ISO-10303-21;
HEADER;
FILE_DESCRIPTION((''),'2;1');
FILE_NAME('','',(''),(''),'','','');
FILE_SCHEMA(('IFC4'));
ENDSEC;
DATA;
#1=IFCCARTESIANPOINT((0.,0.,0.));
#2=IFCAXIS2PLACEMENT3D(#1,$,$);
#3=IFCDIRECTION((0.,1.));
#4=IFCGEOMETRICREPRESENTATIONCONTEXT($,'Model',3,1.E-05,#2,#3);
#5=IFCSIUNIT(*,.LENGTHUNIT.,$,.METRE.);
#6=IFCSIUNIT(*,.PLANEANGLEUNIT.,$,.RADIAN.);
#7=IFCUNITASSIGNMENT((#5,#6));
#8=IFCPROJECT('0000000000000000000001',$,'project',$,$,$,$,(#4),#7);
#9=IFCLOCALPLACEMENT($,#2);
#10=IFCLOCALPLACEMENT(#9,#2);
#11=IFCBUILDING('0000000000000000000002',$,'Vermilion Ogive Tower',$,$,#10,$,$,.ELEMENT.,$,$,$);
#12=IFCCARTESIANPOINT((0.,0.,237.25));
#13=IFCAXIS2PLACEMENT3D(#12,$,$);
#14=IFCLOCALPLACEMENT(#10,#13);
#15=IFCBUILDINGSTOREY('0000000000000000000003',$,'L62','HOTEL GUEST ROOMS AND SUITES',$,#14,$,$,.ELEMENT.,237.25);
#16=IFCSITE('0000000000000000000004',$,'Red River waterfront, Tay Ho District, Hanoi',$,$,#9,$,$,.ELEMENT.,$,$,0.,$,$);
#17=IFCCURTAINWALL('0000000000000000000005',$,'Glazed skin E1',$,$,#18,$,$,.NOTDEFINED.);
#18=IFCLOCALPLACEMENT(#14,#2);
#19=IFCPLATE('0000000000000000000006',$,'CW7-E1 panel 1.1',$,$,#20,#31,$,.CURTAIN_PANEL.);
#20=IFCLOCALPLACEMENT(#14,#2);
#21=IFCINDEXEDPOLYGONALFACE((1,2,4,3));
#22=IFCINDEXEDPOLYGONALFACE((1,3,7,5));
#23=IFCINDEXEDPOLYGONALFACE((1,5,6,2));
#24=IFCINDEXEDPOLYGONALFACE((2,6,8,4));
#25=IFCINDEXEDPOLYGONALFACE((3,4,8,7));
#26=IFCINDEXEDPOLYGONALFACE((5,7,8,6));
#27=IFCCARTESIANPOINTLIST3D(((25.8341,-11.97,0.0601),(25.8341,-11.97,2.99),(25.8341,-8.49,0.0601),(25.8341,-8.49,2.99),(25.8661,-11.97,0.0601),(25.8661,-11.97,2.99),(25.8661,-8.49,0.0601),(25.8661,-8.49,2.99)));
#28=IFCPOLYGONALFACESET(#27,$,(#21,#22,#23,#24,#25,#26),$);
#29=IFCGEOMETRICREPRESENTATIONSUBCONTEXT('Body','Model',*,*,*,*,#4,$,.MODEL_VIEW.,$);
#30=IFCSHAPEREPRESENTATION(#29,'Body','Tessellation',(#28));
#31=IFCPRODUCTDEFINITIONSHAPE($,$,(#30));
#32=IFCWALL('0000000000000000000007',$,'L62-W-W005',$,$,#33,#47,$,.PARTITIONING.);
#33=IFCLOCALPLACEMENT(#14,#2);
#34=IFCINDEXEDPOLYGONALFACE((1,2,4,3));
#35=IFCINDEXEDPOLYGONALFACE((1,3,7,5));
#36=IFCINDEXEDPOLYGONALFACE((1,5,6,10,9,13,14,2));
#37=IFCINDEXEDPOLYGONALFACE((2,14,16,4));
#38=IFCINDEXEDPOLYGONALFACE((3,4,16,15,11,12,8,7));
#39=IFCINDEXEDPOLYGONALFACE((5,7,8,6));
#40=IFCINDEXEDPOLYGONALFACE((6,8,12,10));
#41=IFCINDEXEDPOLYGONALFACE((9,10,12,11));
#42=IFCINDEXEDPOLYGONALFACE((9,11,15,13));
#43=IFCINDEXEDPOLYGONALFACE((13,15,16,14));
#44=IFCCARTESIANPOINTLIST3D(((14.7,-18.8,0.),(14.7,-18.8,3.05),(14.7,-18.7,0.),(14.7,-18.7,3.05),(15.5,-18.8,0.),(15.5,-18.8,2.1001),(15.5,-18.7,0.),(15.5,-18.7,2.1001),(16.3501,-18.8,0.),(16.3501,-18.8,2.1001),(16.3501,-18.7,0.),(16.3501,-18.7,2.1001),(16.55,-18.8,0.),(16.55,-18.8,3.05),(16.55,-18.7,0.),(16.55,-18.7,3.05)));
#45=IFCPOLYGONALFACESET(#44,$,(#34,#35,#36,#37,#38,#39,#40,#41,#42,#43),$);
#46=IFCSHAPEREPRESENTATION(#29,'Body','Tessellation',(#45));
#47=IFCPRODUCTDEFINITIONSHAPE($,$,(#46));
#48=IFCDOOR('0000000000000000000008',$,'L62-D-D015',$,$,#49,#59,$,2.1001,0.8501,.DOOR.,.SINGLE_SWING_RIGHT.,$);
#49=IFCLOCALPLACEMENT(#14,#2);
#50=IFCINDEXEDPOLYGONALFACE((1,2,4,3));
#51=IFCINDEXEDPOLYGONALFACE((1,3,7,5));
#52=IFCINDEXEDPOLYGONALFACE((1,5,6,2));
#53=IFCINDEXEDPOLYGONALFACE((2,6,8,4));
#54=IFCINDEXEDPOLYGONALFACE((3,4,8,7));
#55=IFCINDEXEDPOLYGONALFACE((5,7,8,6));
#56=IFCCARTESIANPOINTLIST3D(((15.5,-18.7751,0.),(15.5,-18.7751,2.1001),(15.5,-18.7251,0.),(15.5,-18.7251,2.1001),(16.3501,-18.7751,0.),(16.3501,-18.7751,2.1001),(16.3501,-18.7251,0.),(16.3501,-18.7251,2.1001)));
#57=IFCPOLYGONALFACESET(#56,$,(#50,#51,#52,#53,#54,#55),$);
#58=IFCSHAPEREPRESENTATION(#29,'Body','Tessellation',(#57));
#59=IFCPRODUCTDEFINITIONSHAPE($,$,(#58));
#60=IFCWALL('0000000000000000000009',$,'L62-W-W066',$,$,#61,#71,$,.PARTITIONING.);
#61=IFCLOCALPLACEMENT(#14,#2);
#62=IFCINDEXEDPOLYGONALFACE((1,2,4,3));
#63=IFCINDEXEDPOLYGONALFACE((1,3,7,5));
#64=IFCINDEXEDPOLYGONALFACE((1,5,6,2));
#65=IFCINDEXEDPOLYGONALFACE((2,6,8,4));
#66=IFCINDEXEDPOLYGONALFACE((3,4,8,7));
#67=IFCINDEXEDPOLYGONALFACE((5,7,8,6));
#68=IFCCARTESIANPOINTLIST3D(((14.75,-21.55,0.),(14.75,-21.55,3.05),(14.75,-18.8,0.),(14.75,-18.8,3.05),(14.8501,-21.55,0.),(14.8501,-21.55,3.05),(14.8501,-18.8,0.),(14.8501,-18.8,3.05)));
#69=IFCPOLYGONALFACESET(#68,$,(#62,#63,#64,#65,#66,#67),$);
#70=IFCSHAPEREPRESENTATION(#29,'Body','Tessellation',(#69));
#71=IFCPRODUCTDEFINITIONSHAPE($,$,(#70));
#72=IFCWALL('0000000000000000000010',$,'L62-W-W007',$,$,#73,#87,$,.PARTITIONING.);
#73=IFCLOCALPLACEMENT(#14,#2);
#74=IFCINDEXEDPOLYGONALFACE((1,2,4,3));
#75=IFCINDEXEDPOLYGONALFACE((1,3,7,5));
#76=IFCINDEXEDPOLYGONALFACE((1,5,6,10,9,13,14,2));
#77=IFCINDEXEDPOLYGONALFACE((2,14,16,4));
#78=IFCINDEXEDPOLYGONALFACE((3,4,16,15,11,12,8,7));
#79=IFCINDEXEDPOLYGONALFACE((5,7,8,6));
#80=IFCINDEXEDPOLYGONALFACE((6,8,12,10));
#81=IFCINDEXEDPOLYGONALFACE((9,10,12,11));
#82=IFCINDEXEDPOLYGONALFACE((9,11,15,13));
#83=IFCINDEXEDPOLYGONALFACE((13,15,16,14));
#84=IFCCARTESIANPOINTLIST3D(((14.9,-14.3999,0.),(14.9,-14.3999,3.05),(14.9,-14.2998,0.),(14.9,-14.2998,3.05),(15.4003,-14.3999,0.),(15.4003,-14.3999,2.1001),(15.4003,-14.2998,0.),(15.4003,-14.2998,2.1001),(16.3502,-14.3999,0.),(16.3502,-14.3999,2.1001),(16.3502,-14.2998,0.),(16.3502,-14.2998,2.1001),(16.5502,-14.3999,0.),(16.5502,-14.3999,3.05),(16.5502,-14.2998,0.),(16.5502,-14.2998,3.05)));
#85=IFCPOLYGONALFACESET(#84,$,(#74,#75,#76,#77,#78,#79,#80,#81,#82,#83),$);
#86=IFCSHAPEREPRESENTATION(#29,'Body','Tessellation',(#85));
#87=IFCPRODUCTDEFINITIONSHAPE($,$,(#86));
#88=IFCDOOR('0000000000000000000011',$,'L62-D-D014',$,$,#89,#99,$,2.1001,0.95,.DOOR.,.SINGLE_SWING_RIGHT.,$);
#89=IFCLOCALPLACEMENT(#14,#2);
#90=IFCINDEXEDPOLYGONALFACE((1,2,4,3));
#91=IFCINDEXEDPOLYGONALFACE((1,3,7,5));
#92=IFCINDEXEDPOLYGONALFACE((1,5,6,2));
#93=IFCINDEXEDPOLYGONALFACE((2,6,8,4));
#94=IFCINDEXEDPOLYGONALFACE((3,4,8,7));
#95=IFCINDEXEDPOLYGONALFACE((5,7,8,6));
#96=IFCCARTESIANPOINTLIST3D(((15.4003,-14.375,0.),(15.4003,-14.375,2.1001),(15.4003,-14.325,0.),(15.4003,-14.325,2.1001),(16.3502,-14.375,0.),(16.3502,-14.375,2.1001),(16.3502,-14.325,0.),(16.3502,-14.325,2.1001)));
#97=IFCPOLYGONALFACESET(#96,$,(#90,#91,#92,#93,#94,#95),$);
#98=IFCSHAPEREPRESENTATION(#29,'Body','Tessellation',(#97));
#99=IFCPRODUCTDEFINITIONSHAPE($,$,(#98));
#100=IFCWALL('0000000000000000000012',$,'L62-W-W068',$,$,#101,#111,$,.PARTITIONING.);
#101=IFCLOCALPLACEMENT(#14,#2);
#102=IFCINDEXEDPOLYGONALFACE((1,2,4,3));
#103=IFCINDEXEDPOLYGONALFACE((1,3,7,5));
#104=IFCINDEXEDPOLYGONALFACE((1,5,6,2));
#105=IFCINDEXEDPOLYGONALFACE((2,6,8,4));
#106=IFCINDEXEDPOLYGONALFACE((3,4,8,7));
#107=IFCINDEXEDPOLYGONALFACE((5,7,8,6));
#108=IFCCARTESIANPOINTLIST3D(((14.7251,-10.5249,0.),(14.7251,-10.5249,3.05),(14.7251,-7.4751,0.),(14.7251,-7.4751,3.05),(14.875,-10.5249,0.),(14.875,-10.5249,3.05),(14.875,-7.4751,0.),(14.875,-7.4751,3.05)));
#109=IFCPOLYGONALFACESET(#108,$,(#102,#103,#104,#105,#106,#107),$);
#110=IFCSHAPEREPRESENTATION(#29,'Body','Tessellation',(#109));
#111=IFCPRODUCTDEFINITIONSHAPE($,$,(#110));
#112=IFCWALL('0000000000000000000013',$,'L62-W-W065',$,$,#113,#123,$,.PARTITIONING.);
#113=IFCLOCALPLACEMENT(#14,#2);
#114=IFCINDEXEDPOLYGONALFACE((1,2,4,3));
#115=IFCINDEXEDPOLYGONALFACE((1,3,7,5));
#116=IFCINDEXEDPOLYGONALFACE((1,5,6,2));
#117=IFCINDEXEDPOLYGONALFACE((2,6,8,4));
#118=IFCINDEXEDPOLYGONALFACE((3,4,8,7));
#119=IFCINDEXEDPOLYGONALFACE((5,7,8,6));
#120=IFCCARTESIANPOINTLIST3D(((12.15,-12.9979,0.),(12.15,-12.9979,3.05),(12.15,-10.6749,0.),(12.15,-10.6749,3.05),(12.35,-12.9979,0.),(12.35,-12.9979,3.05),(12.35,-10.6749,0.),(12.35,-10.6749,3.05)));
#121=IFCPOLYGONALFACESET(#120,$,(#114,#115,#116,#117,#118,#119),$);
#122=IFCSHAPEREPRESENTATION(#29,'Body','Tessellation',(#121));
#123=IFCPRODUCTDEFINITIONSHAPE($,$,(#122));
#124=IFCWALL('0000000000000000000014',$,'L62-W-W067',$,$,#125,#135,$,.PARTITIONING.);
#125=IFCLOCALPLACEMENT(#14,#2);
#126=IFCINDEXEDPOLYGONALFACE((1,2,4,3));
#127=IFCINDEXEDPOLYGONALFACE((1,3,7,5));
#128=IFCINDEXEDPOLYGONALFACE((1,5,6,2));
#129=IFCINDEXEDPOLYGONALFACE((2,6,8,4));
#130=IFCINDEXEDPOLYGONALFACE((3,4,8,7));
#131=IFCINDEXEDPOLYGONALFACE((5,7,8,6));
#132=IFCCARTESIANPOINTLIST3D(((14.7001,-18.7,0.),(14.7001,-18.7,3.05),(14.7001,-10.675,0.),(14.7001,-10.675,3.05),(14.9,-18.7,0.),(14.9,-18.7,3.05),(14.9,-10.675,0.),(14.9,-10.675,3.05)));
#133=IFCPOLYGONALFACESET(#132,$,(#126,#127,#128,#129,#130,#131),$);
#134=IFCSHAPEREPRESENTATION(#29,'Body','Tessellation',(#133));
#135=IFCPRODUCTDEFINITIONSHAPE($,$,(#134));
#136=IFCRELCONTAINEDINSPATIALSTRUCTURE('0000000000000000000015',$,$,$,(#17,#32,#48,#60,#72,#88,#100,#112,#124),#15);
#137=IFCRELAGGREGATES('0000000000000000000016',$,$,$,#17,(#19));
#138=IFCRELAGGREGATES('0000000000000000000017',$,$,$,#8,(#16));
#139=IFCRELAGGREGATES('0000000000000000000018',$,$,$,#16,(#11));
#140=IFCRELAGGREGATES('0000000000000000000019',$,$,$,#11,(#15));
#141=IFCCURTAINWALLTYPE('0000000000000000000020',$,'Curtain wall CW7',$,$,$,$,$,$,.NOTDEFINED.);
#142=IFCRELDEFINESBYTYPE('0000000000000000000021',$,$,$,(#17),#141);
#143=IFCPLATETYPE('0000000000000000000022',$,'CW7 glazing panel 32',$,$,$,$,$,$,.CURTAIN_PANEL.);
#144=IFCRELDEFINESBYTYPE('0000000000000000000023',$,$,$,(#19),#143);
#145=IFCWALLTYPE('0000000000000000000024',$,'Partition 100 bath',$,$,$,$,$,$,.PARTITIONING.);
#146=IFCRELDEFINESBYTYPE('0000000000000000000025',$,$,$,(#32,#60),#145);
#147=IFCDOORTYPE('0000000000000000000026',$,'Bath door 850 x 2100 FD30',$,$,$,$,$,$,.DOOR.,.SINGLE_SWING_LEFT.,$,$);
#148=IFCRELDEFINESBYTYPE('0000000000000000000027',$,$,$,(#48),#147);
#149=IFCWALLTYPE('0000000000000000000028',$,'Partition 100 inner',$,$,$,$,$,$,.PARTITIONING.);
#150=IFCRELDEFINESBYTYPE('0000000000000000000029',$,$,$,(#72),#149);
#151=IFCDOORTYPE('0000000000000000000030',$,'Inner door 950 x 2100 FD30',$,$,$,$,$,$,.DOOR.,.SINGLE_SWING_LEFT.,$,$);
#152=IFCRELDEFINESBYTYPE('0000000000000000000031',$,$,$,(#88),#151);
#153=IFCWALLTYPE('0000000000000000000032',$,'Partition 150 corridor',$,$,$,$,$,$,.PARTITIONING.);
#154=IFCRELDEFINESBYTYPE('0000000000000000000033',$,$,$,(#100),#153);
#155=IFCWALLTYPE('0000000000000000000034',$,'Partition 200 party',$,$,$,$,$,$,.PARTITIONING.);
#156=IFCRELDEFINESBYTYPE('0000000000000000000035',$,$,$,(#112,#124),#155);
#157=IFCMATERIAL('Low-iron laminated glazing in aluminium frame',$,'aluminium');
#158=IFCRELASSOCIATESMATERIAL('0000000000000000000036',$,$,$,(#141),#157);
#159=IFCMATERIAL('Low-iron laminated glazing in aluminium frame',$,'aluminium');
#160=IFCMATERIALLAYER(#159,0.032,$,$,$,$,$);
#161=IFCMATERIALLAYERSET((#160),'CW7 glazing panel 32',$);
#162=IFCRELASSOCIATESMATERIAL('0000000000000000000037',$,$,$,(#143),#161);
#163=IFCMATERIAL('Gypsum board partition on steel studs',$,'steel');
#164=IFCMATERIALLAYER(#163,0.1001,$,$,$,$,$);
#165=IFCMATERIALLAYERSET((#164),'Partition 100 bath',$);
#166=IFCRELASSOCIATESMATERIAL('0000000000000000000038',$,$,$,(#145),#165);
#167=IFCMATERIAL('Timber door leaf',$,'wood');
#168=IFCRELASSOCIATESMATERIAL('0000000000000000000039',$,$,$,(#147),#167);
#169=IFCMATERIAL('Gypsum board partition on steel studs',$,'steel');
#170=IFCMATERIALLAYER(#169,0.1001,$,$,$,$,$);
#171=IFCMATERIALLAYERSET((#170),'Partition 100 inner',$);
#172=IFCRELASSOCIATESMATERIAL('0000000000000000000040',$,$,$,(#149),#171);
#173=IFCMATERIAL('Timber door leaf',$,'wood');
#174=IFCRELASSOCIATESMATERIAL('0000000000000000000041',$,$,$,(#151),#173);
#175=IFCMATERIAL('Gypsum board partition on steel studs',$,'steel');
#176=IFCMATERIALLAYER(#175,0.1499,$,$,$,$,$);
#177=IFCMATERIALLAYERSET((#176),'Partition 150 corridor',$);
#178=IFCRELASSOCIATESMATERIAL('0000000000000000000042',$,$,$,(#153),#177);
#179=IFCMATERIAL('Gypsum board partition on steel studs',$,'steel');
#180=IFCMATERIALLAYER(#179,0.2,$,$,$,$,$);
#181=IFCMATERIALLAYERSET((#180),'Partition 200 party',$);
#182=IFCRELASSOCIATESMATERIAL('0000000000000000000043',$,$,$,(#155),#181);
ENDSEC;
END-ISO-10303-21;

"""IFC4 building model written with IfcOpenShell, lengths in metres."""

from ifc_helpers import new_model, si_unit, direction, frame, frame_2d, origin, origin_2d, place, context, subcontext, project, spatial, rectangle, extrude, material, layer, layer_set, type_object, element, fill, aggregate, save


model = new_model("IFC4")

# Units and contexts
model_context = context("Model", 3, precision=1e-05, world=origin(), true_north=direction((0.0, 1.0)))
body_context = subcontext(model_context, "Body", "Model", "MODEL_VIEW")
ifc_project = project(units=[si_unit("LENGTHUNIT", "METRE"), si_unit("PLANEANGLEUNIT", "RADIAN")], contexts=[model_context])

# Site, building, storey
site_placement = place(None, origin())
site = spatial("IfcSite", under=ifc_project, at=site_placement, Name="Red River waterfront, Tay Ho District, Hanoi", CompositionType="ELEMENT", RefElevation=0.0)
building_placement = place(site_placement, origin())
building = spatial("IfcBuilding", under=site, at=building_placement, Name="Vermilion Ogive Tower", CompositionType="ELEMENT")
storey_placement = place(building_placement, frame((0.0, 0.0, 237.25)))
storey = spatial("IfcBuildingStorey", under=building, at=storey_placement, Name="L62", Description="HOTEL GUEST ROOMS AND SUITES", CompositionType="ELEMENT", Elevation=237.25)

# Shared definitions
ifc_material_1 = material(Name="Low-iron laminated glazing in aluminium frame", Category="aluminium")
curtain_wall_type = type_object("IfcCurtainWallType", Name="Curtain wall CW7", PredefinedType="NOTDEFINED", material=ifc_material_1)

# Curtain wall
curtain_wall_1_placement = place(storey_placement, origin())
curtain_wall_1 = element("IfcCurtainWall", 1, at=curtain_wall_1_placement, inside=storey, type_object=curtain_wall_type, Name="Glazed skin E1", PredefinedType="NOTDEFINED")

# Plate
ifc_material_2 = material(Name="Low-iron laminated glazing in aluminium frame", Category="aluminium")
ifc_layer_1 = layer(ifc_material_2, 0.032)
ifc_layer_set_1 = layer_set([ifc_layer_1], Name="CW7 glazing panel 32")
plate_type = type_object("IfcPlateType", Name="CW7 glazing panel 32", PredefinedType="CURTAIN_PANEL", material=ifc_layer_set_1)
plate_1_placement = place(storey_placement, frame((25.8501, -10.23, 0.0601), z_axis=(0.0, 0.0, 1.0), x_axis=(0.0, 1.0, 0.0)))
plate_1 = element("IfcPlate", 2, at=plate_1_placement, type_object=plate_type, Name="CW7-E1 panel 1.1", PredefinedType="CURTAIN_PANEL", context=body_context, shape_type="SweptSolid", body=[
    extrude(rectangle(XDim=3.48, YDim=0.032, at=origin_2d()), origin(), (0.0, 0.0, 1.0), 2.9299),
])
aggregate(curtain_wall_1, [plate_1])

# Wall, opening, door
ifc_material_3 = material(Name="Gypsum board partition on steel studs", Category="steel")
ifc_layer_2 = layer(ifc_material_3, 0.1001)
ifc_layer_set_2 = layer_set([ifc_layer_2], Name="Partition 100 bath")
wall_type_1 = type_object("IfcWallType", Name="Partition 100 bath", PredefinedType="PARTITIONING", material=ifc_layer_set_2)
wall_1_placement = place(storey_placement, frame((14.7, -18.75, 0.0), z_axis=(0.0, 0.0, 1.0), x_axis=(1.0, 0.0, 0.0)))
wall_1 = element("IfcWall", 3, at=wall_1_placement, inside=storey, type_object=wall_type_1, Name="L62-W-W005", PredefinedType="PARTITIONING", context=body_context, shape_type="SweptSolid", body=[
    extrude(rectangle(XDim=1.8501, YDim=0.1001, at=frame_2d((0.925, 0.0))), origin(), (0.0, 0.0, 1.0), 3.05),
])
opening_1_placement = place(wall_1_placement, frame((0.8, 0.0, 0.0)))
opening_1 = element("IfcOpeningElement", 4, at=opening_1_placement, cuts=wall_1, PredefinedType="OPENING", context=body_context, shape_type="SweptSolid", body=[
    extrude(rectangle(XDim=0.8501, YDim=2.1001, at=frame_2d((0.425, 1.05))), frame((0.0, 0.0601, 0.0), z_axis=(0.0, -1.0, 0.0), x_axis=(1.0, 0.0, 0.0)), (0.0, 0.0, 1.0), 0.1201),
])
ifc_material_4 = material(Name="Timber door leaf", Category="wood")
door_type_1 = type_object("IfcDoorType", Name="Bath door 850 x 2100 FD30", OperationType="SINGLE_SWING_LEFT", PredefinedType="DOOR", material=ifc_material_4)
door_1_placement = place(opening_1_placement, origin())
door_1 = element("IfcDoor", 5, at=door_1_placement, inside=storey, type_object=door_type_1, Name="L62-D-D015", OperationType="SINGLE_SWING_RIGHT", OverallHeight=2.1001, OverallWidth=0.8501, PredefinedType="DOOR", context=body_context, shape_type="SweptSolid", body=[
    extrude(rectangle(XDim=0.8501, YDim=2.1001, at=frame_2d((0.425, 1.05))), frame((0.0, 0.0249, 0.0), z_axis=(0.0, -1.0, 0.0), x_axis=(1.0, 0.0, 0.0)), (0.0, 0.0, 1.0), 0.05),
])
fill(opening_1, door_1)

# Wall
wall_2_placement = place(storey_placement, frame((14.8, -21.55, 0.0), z_axis=(0.0, 0.0, 1.0), x_axis=(0.0, 1.0, 0.0)))
element("IfcWall", 6, at=wall_2_placement, inside=storey, type_object=wall_type_1, Name="L62-W-W066", PredefinedType="PARTITIONING", context=body_context, shape_type="SweptSolid", body=[
    extrude(rectangle(XDim=2.75, YDim=0.1001, at=frame_2d((1.375, 0.0))), origin(), (0.0, 0.0, 1.0), 3.05),
])

# Wall, opening, door
ifc_material_5 = material(Name="Gypsum board partition on steel studs", Category="steel")
ifc_layer_3 = layer(ifc_material_5, 0.1001)
ifc_layer_set_3 = layer_set([ifc_layer_3], Name="Partition 100 inner")
wall_type_2 = type_object("IfcWallType", Name="Partition 100 inner", PredefinedType="PARTITIONING", material=ifc_layer_set_3)
wall_3_placement = place(storey_placement, frame((14.8999, -14.3499, 0.0), z_axis=(0.0, 0.0, 1.0), x_axis=(1.0, 0.0, 0.0)))
wall_3 = element("IfcWall", 7, at=wall_3_placement, inside=storey, type_object=wall_type_2, Name="L62-W-W007", PredefinedType="PARTITIONING", context=body_context, shape_type="SweptSolid", body=[
    extrude(rectangle(XDim=1.6501, YDim=0.1001, at=frame_2d((0.8252, 0.0))), origin(), (0.0, 0.0, 1.0), 3.05),
])
opening_2_placement = place(wall_3_placement, frame((0.5002, 0.0, 0.0)))
opening_2 = element("IfcOpeningElement", 8, at=opening_2_placement, cuts=wall_3, PredefinedType="OPENING", context=body_context, shape_type="SweptSolid", body=[
    extrude(rectangle(XDim=0.95, YDim=2.1001, at=frame_2d((0.4751, 1.05))), frame((0.0, 0.0601, 0.0), z_axis=(0.0, -1.0, 0.0), x_axis=(1.0, 0.0, 0.0)), (0.0, 0.0, 1.0), 0.1201),
])
ifc_material_6 = material(Name="Timber door leaf", Category="wood")
door_type_2 = type_object("IfcDoorType", Name="Inner door 950 x 2100 FD30", OperationType="SINGLE_SWING_LEFT", PredefinedType="DOOR", material=ifc_material_6)
door_2_placement = place(opening_2_placement, origin())
door_2 = element("IfcDoor", 9, at=door_2_placement, inside=storey, type_object=door_type_2, Name="L62-D-D014", OperationType="SINGLE_SWING_RIGHT", OverallHeight=2.1001, OverallWidth=0.95, PredefinedType="DOOR", context=body_context, shape_type="SweptSolid", body=[
    extrude(rectangle(XDim=0.95, YDim=2.1001, at=frame_2d((0.4751, 1.05))), frame((0.0, 0.0249, 0.0), z_axis=(0.0, -1.0, 0.0), x_axis=(1.0, 0.0, 0.0)), (0.0, 0.0, 1.0), 0.05),
])
fill(opening_2, door_2)

# Walls
ifc_material_7 = material(Name="Gypsum board partition on steel studs", Category="steel")
ifc_layer_4 = layer(ifc_material_7, 0.1499)
ifc_layer_set_4 = layer_set([ifc_layer_4], Name="Partition 150 corridor")
wall_type_3 = type_object("IfcWallType", Name="Partition 150 corridor", PredefinedType="PARTITIONING", material=ifc_layer_set_4)
wall_4_placement = place(storey_placement, frame((14.8, -10.5249, 0.0), z_axis=(0.0, 0.0, 1.0), x_axis=(0.0, 1.0, 0.0)))
element("IfcWall", 10, at=wall_4_placement, inside=storey, type_object=wall_type_3, Name="L62-W-W068", PredefinedType="PARTITIONING", context=body_context, shape_type="SweptSolid", body=[
    extrude(rectangle(XDim=3.0498, YDim=0.1499, at=frame_2d((1.5249, 0.0))), origin(), (0.0, 0.0, 1.0), 3.05),
])
ifc_material_8 = material(Name="Gypsum board partition on steel studs", Category="steel")
ifc_layer_5 = layer(ifc_material_8, 0.2)
ifc_layer_set_5 = layer_set([ifc_layer_5], Name="Partition 200 party")
wall_type_4 = type_object("IfcWallType", Name="Partition 200 party", PredefinedType="PARTITIONING", material=ifc_layer_set_5)
wall_5_placement = place(storey_placement, frame((12.25, -12.998, 0.0), z_axis=(0.0, 0.0, 1.0), x_axis=(0.0, 1.0, 0.0)))
element("IfcWall", 11, at=wall_5_placement, inside=storey, type_object=wall_type_4, Name="L62-W-W065", PredefinedType="PARTITIONING", context=body_context, shape_type="SweptSolid", body=[
    extrude(rectangle(XDim=2.323, YDim=0.2, at=frame_2d((1.1616, 0.0))), origin(), (0.0, 0.0, 1.0), 3.05),
])
wall_6_placement = place(storey_placement, frame((14.8, -18.7, 0.0), z_axis=(0.0, 0.0, 1.0), x_axis=(0.0, 1.0, 0.0)))
element("IfcWall", 12, at=wall_6_placement, inside=storey, type_object=wall_type_4, Name="L62-W-W067", PredefinedType="PARTITIONING", context=body_context, shape_type="SweptSolid", body=[
    extrude(rectangle(XDim=8.0249, YDim=0.2, at=frame_2d((4.0125, 0.0))), origin(), (0.0, 0.0, 1.0), 3.05),
])

save(model, "model.ifc")
